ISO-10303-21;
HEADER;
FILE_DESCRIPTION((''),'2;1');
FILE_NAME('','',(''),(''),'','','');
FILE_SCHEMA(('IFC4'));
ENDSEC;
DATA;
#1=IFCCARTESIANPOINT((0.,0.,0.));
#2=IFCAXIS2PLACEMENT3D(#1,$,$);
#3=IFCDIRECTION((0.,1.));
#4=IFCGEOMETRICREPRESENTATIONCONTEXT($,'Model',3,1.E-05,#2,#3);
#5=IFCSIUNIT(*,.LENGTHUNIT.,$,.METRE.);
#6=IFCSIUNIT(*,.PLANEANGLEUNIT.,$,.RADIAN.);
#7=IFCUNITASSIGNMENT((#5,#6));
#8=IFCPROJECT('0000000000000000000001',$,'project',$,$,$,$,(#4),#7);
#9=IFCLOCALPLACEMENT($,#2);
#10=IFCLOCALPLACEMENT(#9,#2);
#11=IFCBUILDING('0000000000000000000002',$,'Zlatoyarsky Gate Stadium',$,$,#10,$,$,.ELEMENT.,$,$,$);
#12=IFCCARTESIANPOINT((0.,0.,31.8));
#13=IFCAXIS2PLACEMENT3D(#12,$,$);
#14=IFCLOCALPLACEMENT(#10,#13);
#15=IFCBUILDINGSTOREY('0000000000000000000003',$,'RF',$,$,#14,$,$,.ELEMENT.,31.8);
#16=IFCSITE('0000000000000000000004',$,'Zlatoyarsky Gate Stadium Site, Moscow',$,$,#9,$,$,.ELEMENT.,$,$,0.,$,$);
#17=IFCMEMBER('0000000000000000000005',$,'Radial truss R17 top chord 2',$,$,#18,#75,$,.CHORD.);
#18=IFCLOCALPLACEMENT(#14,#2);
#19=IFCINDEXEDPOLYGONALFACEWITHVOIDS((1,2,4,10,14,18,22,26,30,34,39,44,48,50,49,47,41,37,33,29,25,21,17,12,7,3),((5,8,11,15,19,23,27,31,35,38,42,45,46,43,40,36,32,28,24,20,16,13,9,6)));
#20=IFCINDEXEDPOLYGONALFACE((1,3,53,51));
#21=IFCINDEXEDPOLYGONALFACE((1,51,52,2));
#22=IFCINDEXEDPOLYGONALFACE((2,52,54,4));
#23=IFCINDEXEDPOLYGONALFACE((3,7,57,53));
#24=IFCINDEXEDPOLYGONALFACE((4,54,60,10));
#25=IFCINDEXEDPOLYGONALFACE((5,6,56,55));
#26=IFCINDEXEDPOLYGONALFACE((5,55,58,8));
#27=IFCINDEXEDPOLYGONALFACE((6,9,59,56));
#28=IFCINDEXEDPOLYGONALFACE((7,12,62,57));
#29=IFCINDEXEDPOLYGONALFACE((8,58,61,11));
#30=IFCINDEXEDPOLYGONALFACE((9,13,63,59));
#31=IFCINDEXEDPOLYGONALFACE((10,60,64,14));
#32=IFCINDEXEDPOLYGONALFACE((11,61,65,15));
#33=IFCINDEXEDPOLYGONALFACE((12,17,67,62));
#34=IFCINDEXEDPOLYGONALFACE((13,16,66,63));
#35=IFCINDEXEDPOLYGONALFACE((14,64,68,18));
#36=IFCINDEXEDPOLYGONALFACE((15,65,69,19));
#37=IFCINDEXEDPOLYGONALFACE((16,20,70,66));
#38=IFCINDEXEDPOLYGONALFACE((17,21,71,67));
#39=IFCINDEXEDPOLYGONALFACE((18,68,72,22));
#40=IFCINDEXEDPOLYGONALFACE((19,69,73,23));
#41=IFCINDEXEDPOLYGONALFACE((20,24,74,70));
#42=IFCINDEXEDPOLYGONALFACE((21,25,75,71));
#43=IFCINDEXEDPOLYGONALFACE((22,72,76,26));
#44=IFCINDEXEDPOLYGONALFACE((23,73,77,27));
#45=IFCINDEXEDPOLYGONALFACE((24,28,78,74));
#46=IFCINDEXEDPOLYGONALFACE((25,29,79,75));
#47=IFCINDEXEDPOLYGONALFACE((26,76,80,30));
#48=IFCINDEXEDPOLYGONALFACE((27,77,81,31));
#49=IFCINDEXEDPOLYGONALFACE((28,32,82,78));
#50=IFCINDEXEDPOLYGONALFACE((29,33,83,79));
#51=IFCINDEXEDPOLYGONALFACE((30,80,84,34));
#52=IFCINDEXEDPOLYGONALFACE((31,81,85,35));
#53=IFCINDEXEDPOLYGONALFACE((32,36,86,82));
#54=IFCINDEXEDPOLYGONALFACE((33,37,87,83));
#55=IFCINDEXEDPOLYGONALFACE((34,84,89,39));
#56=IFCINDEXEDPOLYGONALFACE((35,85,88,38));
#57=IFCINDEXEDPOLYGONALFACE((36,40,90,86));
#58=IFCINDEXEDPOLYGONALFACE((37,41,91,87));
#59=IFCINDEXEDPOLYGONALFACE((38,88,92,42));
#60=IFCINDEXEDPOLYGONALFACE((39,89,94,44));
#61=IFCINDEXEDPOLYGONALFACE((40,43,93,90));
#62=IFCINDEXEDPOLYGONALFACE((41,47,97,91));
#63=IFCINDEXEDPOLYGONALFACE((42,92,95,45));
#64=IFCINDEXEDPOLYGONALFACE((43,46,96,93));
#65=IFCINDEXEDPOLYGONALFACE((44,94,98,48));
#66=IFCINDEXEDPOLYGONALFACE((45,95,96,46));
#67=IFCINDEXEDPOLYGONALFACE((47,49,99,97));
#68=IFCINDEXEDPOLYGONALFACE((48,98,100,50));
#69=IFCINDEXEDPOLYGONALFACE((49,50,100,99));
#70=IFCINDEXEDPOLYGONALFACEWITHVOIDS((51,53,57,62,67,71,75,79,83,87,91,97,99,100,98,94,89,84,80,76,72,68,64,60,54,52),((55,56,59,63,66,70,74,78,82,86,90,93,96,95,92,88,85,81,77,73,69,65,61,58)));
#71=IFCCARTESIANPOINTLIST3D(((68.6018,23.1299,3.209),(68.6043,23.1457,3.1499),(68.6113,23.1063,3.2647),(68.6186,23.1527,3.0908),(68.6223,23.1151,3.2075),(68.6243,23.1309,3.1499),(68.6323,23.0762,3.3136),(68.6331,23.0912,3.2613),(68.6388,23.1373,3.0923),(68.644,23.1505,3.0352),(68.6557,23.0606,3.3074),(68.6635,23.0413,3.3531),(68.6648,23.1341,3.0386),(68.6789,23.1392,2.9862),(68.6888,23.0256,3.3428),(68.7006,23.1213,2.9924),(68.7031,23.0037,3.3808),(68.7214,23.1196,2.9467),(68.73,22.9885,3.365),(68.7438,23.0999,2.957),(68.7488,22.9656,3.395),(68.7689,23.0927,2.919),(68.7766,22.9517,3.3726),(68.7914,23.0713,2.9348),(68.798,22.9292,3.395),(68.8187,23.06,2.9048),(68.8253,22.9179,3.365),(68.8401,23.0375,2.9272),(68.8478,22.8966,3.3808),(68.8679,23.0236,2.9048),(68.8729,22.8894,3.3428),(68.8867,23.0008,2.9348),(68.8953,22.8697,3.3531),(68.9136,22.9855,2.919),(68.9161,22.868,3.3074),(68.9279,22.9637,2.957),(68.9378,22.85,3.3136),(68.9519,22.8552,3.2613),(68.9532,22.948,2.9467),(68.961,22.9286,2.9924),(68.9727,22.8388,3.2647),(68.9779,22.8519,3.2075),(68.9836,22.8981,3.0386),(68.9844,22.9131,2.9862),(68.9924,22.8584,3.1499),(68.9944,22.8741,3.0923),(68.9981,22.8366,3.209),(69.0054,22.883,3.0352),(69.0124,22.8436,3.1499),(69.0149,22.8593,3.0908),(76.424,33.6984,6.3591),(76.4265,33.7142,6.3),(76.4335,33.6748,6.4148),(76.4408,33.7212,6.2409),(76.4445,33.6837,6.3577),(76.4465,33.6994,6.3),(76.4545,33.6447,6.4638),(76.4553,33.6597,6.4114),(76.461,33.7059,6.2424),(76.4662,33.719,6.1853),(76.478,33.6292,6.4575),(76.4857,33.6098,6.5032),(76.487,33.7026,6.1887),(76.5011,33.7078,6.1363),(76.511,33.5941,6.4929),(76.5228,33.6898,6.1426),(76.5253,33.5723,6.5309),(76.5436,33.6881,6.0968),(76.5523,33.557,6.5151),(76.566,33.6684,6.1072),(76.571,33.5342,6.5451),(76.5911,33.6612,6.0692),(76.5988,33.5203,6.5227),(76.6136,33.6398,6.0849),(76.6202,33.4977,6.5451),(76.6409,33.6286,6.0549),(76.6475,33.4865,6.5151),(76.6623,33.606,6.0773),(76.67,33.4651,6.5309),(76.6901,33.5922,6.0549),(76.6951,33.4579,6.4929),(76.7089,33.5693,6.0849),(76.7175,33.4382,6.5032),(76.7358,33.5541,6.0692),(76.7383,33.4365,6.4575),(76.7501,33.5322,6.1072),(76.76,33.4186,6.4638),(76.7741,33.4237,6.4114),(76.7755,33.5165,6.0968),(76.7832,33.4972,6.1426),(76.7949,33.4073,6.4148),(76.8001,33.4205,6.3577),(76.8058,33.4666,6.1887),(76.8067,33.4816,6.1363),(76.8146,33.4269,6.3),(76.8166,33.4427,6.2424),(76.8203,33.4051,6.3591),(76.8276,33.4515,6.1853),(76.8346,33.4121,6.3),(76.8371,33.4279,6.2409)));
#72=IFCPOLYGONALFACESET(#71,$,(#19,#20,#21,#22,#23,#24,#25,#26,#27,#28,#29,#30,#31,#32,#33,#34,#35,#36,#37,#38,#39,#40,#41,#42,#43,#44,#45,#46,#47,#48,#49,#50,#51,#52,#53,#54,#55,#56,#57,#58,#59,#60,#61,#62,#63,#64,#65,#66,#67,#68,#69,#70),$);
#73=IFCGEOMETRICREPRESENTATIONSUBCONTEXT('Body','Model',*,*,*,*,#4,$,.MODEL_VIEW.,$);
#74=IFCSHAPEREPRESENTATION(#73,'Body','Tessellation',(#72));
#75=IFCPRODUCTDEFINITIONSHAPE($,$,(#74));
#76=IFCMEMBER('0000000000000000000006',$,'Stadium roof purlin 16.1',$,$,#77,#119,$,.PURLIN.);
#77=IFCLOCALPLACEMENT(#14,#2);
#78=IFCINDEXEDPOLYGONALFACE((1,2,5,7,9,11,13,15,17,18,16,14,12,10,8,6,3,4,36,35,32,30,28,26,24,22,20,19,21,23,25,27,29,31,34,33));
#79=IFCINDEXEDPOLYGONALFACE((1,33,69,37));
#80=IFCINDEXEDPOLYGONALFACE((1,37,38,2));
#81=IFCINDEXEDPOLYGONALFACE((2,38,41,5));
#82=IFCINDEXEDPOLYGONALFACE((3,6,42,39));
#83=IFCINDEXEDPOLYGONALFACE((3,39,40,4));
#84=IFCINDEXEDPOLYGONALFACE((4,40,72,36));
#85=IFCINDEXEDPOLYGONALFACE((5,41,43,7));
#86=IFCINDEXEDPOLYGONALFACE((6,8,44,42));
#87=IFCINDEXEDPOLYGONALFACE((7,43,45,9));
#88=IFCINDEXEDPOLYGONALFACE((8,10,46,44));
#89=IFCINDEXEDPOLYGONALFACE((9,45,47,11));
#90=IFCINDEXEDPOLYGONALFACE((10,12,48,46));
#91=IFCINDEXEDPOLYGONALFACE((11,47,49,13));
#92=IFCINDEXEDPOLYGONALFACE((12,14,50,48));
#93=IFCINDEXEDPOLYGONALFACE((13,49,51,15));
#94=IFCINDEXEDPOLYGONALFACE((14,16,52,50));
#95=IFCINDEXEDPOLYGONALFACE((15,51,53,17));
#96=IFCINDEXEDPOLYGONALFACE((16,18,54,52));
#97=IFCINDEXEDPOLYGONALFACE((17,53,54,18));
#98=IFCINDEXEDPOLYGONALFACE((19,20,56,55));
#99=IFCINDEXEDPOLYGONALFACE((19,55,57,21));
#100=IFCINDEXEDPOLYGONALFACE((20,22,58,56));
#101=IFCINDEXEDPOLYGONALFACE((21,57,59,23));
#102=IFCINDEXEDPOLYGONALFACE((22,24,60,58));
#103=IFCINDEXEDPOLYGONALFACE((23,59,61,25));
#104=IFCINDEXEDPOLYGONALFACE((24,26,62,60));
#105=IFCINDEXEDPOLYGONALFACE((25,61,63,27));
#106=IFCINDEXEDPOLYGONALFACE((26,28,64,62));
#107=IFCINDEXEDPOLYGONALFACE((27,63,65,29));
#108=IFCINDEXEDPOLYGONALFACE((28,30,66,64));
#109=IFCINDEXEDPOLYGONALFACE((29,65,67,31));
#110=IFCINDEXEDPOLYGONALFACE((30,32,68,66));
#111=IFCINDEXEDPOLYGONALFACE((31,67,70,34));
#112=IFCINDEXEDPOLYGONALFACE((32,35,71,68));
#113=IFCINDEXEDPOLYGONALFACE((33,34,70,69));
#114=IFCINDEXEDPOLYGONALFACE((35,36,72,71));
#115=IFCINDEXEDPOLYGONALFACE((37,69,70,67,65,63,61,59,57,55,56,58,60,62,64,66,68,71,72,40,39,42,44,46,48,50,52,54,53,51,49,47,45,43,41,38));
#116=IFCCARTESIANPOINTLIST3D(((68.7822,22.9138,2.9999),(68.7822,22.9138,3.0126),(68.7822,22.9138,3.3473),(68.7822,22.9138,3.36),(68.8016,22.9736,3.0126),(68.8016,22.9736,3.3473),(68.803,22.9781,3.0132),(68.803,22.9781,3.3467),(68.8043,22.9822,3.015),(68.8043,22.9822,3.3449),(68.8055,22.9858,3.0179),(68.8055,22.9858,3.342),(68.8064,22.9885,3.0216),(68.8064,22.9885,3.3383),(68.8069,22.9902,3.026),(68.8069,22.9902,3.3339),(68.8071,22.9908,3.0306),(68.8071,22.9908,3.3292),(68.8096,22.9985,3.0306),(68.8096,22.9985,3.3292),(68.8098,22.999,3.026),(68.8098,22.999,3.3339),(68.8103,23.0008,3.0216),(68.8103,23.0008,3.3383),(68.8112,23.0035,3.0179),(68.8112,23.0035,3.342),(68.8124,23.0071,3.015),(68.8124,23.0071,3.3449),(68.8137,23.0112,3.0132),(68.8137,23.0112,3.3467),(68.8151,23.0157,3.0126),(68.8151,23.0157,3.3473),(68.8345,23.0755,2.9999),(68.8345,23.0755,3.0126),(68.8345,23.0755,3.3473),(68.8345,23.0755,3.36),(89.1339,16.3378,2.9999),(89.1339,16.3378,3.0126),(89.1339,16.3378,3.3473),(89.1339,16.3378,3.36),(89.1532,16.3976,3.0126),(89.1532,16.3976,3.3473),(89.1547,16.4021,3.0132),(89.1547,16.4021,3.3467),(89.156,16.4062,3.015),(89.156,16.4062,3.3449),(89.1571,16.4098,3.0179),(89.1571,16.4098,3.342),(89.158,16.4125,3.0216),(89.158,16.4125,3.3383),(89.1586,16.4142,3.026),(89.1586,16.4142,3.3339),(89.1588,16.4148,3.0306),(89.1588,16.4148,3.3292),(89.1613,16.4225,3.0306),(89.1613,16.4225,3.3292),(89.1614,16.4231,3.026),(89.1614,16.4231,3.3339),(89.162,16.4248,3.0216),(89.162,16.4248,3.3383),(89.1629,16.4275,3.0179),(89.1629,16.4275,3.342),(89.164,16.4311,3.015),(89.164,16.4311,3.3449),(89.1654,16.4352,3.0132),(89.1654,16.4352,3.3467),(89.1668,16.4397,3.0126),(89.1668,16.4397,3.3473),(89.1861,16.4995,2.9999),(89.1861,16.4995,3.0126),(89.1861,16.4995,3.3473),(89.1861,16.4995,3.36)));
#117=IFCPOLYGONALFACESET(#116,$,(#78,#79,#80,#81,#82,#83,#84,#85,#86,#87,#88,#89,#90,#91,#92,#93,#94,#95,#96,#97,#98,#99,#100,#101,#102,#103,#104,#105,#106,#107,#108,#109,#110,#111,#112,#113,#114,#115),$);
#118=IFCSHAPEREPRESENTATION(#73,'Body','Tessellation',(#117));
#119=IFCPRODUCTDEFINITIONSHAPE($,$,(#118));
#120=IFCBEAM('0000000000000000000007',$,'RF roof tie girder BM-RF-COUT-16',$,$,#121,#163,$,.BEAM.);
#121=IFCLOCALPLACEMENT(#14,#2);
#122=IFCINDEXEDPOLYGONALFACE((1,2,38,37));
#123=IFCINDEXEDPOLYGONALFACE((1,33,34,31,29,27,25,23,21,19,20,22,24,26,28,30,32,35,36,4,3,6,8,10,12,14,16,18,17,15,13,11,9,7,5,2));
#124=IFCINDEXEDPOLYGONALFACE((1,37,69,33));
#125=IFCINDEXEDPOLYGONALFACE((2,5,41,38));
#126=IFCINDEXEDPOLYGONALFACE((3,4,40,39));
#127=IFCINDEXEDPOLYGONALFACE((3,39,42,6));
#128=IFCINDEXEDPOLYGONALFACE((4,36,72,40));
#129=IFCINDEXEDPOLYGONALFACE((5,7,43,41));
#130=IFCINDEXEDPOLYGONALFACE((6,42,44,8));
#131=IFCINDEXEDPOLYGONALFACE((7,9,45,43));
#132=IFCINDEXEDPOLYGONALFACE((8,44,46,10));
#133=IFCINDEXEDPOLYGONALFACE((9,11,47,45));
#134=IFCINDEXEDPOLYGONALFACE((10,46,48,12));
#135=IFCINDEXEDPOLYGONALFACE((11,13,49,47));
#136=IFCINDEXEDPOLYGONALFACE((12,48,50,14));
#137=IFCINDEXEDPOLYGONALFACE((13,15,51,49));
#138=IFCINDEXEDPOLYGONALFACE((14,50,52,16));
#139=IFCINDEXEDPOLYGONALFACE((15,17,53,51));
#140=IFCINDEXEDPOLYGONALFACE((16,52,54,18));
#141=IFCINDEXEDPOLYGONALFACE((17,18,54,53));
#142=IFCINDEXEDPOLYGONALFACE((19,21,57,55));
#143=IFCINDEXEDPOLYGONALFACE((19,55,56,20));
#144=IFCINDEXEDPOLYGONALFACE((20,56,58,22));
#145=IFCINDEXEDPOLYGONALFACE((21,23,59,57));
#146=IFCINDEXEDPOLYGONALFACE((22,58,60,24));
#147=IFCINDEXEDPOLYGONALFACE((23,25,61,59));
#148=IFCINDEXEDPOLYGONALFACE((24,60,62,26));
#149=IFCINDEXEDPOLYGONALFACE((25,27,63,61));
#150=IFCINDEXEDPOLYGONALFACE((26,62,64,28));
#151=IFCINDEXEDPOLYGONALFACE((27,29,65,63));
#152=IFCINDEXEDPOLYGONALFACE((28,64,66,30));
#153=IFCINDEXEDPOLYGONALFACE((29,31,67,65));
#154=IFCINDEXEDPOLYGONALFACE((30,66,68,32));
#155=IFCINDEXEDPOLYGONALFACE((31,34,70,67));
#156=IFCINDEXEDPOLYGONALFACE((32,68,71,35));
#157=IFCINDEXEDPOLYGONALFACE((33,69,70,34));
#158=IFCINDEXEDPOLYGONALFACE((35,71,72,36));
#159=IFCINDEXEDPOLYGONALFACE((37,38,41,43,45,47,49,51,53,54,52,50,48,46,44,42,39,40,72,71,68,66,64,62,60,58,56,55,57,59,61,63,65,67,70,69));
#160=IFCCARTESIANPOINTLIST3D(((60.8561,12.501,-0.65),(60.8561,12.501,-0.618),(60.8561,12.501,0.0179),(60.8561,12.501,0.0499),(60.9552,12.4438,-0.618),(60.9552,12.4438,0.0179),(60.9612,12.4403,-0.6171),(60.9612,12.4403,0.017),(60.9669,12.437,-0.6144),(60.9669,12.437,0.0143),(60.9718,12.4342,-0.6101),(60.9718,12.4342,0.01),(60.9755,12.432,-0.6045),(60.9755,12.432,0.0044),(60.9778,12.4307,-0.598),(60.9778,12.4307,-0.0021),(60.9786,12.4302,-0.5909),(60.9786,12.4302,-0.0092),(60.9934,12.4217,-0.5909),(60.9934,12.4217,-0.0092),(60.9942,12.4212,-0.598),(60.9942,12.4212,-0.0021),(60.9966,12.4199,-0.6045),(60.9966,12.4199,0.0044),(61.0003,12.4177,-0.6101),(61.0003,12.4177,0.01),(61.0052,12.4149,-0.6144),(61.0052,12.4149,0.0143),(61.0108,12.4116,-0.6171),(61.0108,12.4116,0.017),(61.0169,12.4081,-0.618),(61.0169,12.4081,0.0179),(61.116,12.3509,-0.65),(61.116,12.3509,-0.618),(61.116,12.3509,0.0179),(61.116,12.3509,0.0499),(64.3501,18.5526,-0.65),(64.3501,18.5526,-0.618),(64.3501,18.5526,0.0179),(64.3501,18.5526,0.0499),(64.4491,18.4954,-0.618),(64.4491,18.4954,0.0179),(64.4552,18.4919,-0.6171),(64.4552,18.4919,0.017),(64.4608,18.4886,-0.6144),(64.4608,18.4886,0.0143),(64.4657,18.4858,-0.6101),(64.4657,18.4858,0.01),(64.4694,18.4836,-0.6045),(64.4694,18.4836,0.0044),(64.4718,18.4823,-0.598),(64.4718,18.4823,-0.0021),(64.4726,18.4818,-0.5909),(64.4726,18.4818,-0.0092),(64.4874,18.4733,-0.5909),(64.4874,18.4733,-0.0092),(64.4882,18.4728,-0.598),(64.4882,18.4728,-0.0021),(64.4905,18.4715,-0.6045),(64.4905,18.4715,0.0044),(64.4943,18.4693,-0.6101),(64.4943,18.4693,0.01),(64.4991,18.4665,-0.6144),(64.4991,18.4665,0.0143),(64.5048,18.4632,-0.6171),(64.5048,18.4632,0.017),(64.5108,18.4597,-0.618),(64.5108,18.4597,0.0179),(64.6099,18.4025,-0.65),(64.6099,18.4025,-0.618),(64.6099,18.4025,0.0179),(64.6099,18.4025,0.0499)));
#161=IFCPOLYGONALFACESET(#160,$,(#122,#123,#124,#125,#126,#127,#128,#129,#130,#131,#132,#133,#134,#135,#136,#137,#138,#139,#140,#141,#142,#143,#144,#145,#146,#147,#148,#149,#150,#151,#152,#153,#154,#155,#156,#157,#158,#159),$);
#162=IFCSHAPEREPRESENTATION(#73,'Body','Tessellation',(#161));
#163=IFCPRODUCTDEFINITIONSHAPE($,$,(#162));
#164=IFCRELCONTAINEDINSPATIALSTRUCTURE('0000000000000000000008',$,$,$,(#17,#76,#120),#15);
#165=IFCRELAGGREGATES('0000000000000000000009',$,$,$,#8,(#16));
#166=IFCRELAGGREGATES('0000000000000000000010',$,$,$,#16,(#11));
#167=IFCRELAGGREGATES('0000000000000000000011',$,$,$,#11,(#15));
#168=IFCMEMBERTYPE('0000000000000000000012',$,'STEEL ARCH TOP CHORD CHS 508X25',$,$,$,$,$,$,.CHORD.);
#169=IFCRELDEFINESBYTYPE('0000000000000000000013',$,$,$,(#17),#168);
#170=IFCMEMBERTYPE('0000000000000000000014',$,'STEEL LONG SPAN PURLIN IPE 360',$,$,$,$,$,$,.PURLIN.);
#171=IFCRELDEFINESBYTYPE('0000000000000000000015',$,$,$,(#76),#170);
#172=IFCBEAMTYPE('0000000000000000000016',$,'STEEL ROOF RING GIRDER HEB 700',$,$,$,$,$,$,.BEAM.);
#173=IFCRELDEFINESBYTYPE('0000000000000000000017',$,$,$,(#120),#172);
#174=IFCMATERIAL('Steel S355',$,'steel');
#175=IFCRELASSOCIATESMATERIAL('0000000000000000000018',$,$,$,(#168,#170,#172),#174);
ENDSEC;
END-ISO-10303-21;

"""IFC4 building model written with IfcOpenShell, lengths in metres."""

from ifc_helpers import new_model, si_unit, direction, frame, origin, origin_2d, place, context, subcontext, project, spatial, hollow_circle, i_section, extrude, material, material_profile, profile_set, type_object, element, save


model = new_model("IFC4")

# Units and contexts
model_context = context("Model", 3, precision=1e-05, world=origin(), true_north=direction((0.0, 1.0)))
body_context = subcontext(model_context, "Body", "Model", "MODEL_VIEW")
ifc_project = project(units=[si_unit("LENGTHUNIT", "METRE"), si_unit("PLANEANGLEUNIT", "RADIAN")], contexts=[model_context])

# Site, building, storey
site_placement = place(None, origin())
site = spatial("IfcSite", under=ifc_project, at=site_placement, Name="Zlatoyarsky Gate Stadium Site, Moscow", CompositionType="ELEMENT", RefElevation=0.0)
building_placement = place(site_placement, origin())
building = spatial("IfcBuilding", under=site, at=building_placement, Name="Zlatoyarsky Gate Stadium", CompositionType="ELEMENT")
storey_placement = place(building_placement, frame((0.0, 0.0, 31.8)))
storey = spatial("IfcBuildingStorey", under=building, at=storey_placement, Name="RF", CompositionType="ELEMENT", Elevation=31.8)

# Members
ifc_material_1 = material(Name="Steel S355", Category="steel")
ifc_material_profile_1 = material_profile(ifc_material_1, hollow_circle(Radius=0.2539, WallThickness=0.0249, at=origin_2d()), Name="CHS 508X25")
ifc_profile_set_1 = profile_set([ifc_material_profile_1], Name="Steel S355")
member_type_1 = type_object("IfcMemberType", Name="STEEL ARCH TOP CHORD CHS 508X25", PredefinedType="CHORD", material=ifc_profile_set_1)
member_1_placement = place(storey_placement, frame((68.8083, 22.9946, 3.1499), z_axis=(0.578544, 0.781667, 0.232989), x_axis=(-0.803787, 0.594917, 0.0)))
element("IfcMember", 1, at=member_1_placement, inside=storey, type_object=member_type_1, Name="Radial truss R17 top chord 2", PredefinedType="CHORD", context=body_context, shape_type="SweptSolid", body=[
    extrude(hollow_circle(Radius=0.2539, WallThickness=0.0249, at=origin_2d()), origin(), (0.0, 0.0, 1.0), 13.5205),
])
ifc_material_profile_2 = material_profile(ifc_material_1, i_section(OverallWidth=0.1699, OverallDepth=0.3601, WebThickness=0.0081, FlangeThickness=0.0127, FilletRadius=0.0181, at=origin_2d()), Name="IPE 360")
ifc_profile_set_2 = profile_set([ifc_material_profile_2], Name="Steel S355")
member_type_2 = type_object("IfcMemberType", Name="STEEL LONG SPAN PURLIN IPE 360", PredefinedType="PURLIN", material=ifc_profile_set_2)
member_2_placement = place(storey_placement, frame((68.8083, 22.9946, 3.1799), z_axis=(0.951559, -0.307465, 0.0), x_axis=(0.307465, 0.951559, 0.0)))
element("IfcMember", 2, at=member_2_placement, inside=storey, type_object=member_type_2, Name="Stadium roof purlin 16.1", PredefinedType="PURLIN", context=body_context, shape_type="SweptSolid", body=[
    extrude(i_section(OverallWidth=0.1699, OverallDepth=0.3601, WebThickness=0.0081, FlangeThickness=0.0127, FilletRadius=0.0181, at=origin_2d()), origin(), (0.0, 0.0, 1.0), 21.3877),
])

# Beam
ifc_material_profile_3 = material_profile(ifc_material_1, i_section(OverallWidth=0.3, OverallDepth=0.7, WebThickness=0.0171, FlangeThickness=0.032, FilletRadius=0.0271, at=origin_2d()), Name="HEB 700")
ifc_profile_set_3 = profile_set([ifc_material_profile_3], Name="Steel S355")
beam_type = type_object("IfcBeamType", Name="STEEL ROOF RING GIRDER HEB 700", PredefinedType="BEAM", material=ifc_profile_set_3)
beam_1_placement = place(storey_placement, frame((64.48, 18.4775, -0.3), z_axis=(-0.500006, -0.866022, 0.0), x_axis=(0.866022, -0.500006, 0.0)))
element("IfcBeam", 3, at=beam_1_placement, inside=storey, type_object=beam_type, Name="RF roof tie girder BM-RF-COUT-16", PredefinedType="BEAM", context=body_context, shape_type="SweptSolid", body=[
    extrude(i_section(OverallWidth=0.3, OverallDepth=0.7, WebThickness=0.0171, FlangeThickness=0.032, FilletRadius=0.0271, at=origin_2d()), origin(), (0.0, 0.0, 1.0), 6.9878),
])

save(model, "model.ifc")
